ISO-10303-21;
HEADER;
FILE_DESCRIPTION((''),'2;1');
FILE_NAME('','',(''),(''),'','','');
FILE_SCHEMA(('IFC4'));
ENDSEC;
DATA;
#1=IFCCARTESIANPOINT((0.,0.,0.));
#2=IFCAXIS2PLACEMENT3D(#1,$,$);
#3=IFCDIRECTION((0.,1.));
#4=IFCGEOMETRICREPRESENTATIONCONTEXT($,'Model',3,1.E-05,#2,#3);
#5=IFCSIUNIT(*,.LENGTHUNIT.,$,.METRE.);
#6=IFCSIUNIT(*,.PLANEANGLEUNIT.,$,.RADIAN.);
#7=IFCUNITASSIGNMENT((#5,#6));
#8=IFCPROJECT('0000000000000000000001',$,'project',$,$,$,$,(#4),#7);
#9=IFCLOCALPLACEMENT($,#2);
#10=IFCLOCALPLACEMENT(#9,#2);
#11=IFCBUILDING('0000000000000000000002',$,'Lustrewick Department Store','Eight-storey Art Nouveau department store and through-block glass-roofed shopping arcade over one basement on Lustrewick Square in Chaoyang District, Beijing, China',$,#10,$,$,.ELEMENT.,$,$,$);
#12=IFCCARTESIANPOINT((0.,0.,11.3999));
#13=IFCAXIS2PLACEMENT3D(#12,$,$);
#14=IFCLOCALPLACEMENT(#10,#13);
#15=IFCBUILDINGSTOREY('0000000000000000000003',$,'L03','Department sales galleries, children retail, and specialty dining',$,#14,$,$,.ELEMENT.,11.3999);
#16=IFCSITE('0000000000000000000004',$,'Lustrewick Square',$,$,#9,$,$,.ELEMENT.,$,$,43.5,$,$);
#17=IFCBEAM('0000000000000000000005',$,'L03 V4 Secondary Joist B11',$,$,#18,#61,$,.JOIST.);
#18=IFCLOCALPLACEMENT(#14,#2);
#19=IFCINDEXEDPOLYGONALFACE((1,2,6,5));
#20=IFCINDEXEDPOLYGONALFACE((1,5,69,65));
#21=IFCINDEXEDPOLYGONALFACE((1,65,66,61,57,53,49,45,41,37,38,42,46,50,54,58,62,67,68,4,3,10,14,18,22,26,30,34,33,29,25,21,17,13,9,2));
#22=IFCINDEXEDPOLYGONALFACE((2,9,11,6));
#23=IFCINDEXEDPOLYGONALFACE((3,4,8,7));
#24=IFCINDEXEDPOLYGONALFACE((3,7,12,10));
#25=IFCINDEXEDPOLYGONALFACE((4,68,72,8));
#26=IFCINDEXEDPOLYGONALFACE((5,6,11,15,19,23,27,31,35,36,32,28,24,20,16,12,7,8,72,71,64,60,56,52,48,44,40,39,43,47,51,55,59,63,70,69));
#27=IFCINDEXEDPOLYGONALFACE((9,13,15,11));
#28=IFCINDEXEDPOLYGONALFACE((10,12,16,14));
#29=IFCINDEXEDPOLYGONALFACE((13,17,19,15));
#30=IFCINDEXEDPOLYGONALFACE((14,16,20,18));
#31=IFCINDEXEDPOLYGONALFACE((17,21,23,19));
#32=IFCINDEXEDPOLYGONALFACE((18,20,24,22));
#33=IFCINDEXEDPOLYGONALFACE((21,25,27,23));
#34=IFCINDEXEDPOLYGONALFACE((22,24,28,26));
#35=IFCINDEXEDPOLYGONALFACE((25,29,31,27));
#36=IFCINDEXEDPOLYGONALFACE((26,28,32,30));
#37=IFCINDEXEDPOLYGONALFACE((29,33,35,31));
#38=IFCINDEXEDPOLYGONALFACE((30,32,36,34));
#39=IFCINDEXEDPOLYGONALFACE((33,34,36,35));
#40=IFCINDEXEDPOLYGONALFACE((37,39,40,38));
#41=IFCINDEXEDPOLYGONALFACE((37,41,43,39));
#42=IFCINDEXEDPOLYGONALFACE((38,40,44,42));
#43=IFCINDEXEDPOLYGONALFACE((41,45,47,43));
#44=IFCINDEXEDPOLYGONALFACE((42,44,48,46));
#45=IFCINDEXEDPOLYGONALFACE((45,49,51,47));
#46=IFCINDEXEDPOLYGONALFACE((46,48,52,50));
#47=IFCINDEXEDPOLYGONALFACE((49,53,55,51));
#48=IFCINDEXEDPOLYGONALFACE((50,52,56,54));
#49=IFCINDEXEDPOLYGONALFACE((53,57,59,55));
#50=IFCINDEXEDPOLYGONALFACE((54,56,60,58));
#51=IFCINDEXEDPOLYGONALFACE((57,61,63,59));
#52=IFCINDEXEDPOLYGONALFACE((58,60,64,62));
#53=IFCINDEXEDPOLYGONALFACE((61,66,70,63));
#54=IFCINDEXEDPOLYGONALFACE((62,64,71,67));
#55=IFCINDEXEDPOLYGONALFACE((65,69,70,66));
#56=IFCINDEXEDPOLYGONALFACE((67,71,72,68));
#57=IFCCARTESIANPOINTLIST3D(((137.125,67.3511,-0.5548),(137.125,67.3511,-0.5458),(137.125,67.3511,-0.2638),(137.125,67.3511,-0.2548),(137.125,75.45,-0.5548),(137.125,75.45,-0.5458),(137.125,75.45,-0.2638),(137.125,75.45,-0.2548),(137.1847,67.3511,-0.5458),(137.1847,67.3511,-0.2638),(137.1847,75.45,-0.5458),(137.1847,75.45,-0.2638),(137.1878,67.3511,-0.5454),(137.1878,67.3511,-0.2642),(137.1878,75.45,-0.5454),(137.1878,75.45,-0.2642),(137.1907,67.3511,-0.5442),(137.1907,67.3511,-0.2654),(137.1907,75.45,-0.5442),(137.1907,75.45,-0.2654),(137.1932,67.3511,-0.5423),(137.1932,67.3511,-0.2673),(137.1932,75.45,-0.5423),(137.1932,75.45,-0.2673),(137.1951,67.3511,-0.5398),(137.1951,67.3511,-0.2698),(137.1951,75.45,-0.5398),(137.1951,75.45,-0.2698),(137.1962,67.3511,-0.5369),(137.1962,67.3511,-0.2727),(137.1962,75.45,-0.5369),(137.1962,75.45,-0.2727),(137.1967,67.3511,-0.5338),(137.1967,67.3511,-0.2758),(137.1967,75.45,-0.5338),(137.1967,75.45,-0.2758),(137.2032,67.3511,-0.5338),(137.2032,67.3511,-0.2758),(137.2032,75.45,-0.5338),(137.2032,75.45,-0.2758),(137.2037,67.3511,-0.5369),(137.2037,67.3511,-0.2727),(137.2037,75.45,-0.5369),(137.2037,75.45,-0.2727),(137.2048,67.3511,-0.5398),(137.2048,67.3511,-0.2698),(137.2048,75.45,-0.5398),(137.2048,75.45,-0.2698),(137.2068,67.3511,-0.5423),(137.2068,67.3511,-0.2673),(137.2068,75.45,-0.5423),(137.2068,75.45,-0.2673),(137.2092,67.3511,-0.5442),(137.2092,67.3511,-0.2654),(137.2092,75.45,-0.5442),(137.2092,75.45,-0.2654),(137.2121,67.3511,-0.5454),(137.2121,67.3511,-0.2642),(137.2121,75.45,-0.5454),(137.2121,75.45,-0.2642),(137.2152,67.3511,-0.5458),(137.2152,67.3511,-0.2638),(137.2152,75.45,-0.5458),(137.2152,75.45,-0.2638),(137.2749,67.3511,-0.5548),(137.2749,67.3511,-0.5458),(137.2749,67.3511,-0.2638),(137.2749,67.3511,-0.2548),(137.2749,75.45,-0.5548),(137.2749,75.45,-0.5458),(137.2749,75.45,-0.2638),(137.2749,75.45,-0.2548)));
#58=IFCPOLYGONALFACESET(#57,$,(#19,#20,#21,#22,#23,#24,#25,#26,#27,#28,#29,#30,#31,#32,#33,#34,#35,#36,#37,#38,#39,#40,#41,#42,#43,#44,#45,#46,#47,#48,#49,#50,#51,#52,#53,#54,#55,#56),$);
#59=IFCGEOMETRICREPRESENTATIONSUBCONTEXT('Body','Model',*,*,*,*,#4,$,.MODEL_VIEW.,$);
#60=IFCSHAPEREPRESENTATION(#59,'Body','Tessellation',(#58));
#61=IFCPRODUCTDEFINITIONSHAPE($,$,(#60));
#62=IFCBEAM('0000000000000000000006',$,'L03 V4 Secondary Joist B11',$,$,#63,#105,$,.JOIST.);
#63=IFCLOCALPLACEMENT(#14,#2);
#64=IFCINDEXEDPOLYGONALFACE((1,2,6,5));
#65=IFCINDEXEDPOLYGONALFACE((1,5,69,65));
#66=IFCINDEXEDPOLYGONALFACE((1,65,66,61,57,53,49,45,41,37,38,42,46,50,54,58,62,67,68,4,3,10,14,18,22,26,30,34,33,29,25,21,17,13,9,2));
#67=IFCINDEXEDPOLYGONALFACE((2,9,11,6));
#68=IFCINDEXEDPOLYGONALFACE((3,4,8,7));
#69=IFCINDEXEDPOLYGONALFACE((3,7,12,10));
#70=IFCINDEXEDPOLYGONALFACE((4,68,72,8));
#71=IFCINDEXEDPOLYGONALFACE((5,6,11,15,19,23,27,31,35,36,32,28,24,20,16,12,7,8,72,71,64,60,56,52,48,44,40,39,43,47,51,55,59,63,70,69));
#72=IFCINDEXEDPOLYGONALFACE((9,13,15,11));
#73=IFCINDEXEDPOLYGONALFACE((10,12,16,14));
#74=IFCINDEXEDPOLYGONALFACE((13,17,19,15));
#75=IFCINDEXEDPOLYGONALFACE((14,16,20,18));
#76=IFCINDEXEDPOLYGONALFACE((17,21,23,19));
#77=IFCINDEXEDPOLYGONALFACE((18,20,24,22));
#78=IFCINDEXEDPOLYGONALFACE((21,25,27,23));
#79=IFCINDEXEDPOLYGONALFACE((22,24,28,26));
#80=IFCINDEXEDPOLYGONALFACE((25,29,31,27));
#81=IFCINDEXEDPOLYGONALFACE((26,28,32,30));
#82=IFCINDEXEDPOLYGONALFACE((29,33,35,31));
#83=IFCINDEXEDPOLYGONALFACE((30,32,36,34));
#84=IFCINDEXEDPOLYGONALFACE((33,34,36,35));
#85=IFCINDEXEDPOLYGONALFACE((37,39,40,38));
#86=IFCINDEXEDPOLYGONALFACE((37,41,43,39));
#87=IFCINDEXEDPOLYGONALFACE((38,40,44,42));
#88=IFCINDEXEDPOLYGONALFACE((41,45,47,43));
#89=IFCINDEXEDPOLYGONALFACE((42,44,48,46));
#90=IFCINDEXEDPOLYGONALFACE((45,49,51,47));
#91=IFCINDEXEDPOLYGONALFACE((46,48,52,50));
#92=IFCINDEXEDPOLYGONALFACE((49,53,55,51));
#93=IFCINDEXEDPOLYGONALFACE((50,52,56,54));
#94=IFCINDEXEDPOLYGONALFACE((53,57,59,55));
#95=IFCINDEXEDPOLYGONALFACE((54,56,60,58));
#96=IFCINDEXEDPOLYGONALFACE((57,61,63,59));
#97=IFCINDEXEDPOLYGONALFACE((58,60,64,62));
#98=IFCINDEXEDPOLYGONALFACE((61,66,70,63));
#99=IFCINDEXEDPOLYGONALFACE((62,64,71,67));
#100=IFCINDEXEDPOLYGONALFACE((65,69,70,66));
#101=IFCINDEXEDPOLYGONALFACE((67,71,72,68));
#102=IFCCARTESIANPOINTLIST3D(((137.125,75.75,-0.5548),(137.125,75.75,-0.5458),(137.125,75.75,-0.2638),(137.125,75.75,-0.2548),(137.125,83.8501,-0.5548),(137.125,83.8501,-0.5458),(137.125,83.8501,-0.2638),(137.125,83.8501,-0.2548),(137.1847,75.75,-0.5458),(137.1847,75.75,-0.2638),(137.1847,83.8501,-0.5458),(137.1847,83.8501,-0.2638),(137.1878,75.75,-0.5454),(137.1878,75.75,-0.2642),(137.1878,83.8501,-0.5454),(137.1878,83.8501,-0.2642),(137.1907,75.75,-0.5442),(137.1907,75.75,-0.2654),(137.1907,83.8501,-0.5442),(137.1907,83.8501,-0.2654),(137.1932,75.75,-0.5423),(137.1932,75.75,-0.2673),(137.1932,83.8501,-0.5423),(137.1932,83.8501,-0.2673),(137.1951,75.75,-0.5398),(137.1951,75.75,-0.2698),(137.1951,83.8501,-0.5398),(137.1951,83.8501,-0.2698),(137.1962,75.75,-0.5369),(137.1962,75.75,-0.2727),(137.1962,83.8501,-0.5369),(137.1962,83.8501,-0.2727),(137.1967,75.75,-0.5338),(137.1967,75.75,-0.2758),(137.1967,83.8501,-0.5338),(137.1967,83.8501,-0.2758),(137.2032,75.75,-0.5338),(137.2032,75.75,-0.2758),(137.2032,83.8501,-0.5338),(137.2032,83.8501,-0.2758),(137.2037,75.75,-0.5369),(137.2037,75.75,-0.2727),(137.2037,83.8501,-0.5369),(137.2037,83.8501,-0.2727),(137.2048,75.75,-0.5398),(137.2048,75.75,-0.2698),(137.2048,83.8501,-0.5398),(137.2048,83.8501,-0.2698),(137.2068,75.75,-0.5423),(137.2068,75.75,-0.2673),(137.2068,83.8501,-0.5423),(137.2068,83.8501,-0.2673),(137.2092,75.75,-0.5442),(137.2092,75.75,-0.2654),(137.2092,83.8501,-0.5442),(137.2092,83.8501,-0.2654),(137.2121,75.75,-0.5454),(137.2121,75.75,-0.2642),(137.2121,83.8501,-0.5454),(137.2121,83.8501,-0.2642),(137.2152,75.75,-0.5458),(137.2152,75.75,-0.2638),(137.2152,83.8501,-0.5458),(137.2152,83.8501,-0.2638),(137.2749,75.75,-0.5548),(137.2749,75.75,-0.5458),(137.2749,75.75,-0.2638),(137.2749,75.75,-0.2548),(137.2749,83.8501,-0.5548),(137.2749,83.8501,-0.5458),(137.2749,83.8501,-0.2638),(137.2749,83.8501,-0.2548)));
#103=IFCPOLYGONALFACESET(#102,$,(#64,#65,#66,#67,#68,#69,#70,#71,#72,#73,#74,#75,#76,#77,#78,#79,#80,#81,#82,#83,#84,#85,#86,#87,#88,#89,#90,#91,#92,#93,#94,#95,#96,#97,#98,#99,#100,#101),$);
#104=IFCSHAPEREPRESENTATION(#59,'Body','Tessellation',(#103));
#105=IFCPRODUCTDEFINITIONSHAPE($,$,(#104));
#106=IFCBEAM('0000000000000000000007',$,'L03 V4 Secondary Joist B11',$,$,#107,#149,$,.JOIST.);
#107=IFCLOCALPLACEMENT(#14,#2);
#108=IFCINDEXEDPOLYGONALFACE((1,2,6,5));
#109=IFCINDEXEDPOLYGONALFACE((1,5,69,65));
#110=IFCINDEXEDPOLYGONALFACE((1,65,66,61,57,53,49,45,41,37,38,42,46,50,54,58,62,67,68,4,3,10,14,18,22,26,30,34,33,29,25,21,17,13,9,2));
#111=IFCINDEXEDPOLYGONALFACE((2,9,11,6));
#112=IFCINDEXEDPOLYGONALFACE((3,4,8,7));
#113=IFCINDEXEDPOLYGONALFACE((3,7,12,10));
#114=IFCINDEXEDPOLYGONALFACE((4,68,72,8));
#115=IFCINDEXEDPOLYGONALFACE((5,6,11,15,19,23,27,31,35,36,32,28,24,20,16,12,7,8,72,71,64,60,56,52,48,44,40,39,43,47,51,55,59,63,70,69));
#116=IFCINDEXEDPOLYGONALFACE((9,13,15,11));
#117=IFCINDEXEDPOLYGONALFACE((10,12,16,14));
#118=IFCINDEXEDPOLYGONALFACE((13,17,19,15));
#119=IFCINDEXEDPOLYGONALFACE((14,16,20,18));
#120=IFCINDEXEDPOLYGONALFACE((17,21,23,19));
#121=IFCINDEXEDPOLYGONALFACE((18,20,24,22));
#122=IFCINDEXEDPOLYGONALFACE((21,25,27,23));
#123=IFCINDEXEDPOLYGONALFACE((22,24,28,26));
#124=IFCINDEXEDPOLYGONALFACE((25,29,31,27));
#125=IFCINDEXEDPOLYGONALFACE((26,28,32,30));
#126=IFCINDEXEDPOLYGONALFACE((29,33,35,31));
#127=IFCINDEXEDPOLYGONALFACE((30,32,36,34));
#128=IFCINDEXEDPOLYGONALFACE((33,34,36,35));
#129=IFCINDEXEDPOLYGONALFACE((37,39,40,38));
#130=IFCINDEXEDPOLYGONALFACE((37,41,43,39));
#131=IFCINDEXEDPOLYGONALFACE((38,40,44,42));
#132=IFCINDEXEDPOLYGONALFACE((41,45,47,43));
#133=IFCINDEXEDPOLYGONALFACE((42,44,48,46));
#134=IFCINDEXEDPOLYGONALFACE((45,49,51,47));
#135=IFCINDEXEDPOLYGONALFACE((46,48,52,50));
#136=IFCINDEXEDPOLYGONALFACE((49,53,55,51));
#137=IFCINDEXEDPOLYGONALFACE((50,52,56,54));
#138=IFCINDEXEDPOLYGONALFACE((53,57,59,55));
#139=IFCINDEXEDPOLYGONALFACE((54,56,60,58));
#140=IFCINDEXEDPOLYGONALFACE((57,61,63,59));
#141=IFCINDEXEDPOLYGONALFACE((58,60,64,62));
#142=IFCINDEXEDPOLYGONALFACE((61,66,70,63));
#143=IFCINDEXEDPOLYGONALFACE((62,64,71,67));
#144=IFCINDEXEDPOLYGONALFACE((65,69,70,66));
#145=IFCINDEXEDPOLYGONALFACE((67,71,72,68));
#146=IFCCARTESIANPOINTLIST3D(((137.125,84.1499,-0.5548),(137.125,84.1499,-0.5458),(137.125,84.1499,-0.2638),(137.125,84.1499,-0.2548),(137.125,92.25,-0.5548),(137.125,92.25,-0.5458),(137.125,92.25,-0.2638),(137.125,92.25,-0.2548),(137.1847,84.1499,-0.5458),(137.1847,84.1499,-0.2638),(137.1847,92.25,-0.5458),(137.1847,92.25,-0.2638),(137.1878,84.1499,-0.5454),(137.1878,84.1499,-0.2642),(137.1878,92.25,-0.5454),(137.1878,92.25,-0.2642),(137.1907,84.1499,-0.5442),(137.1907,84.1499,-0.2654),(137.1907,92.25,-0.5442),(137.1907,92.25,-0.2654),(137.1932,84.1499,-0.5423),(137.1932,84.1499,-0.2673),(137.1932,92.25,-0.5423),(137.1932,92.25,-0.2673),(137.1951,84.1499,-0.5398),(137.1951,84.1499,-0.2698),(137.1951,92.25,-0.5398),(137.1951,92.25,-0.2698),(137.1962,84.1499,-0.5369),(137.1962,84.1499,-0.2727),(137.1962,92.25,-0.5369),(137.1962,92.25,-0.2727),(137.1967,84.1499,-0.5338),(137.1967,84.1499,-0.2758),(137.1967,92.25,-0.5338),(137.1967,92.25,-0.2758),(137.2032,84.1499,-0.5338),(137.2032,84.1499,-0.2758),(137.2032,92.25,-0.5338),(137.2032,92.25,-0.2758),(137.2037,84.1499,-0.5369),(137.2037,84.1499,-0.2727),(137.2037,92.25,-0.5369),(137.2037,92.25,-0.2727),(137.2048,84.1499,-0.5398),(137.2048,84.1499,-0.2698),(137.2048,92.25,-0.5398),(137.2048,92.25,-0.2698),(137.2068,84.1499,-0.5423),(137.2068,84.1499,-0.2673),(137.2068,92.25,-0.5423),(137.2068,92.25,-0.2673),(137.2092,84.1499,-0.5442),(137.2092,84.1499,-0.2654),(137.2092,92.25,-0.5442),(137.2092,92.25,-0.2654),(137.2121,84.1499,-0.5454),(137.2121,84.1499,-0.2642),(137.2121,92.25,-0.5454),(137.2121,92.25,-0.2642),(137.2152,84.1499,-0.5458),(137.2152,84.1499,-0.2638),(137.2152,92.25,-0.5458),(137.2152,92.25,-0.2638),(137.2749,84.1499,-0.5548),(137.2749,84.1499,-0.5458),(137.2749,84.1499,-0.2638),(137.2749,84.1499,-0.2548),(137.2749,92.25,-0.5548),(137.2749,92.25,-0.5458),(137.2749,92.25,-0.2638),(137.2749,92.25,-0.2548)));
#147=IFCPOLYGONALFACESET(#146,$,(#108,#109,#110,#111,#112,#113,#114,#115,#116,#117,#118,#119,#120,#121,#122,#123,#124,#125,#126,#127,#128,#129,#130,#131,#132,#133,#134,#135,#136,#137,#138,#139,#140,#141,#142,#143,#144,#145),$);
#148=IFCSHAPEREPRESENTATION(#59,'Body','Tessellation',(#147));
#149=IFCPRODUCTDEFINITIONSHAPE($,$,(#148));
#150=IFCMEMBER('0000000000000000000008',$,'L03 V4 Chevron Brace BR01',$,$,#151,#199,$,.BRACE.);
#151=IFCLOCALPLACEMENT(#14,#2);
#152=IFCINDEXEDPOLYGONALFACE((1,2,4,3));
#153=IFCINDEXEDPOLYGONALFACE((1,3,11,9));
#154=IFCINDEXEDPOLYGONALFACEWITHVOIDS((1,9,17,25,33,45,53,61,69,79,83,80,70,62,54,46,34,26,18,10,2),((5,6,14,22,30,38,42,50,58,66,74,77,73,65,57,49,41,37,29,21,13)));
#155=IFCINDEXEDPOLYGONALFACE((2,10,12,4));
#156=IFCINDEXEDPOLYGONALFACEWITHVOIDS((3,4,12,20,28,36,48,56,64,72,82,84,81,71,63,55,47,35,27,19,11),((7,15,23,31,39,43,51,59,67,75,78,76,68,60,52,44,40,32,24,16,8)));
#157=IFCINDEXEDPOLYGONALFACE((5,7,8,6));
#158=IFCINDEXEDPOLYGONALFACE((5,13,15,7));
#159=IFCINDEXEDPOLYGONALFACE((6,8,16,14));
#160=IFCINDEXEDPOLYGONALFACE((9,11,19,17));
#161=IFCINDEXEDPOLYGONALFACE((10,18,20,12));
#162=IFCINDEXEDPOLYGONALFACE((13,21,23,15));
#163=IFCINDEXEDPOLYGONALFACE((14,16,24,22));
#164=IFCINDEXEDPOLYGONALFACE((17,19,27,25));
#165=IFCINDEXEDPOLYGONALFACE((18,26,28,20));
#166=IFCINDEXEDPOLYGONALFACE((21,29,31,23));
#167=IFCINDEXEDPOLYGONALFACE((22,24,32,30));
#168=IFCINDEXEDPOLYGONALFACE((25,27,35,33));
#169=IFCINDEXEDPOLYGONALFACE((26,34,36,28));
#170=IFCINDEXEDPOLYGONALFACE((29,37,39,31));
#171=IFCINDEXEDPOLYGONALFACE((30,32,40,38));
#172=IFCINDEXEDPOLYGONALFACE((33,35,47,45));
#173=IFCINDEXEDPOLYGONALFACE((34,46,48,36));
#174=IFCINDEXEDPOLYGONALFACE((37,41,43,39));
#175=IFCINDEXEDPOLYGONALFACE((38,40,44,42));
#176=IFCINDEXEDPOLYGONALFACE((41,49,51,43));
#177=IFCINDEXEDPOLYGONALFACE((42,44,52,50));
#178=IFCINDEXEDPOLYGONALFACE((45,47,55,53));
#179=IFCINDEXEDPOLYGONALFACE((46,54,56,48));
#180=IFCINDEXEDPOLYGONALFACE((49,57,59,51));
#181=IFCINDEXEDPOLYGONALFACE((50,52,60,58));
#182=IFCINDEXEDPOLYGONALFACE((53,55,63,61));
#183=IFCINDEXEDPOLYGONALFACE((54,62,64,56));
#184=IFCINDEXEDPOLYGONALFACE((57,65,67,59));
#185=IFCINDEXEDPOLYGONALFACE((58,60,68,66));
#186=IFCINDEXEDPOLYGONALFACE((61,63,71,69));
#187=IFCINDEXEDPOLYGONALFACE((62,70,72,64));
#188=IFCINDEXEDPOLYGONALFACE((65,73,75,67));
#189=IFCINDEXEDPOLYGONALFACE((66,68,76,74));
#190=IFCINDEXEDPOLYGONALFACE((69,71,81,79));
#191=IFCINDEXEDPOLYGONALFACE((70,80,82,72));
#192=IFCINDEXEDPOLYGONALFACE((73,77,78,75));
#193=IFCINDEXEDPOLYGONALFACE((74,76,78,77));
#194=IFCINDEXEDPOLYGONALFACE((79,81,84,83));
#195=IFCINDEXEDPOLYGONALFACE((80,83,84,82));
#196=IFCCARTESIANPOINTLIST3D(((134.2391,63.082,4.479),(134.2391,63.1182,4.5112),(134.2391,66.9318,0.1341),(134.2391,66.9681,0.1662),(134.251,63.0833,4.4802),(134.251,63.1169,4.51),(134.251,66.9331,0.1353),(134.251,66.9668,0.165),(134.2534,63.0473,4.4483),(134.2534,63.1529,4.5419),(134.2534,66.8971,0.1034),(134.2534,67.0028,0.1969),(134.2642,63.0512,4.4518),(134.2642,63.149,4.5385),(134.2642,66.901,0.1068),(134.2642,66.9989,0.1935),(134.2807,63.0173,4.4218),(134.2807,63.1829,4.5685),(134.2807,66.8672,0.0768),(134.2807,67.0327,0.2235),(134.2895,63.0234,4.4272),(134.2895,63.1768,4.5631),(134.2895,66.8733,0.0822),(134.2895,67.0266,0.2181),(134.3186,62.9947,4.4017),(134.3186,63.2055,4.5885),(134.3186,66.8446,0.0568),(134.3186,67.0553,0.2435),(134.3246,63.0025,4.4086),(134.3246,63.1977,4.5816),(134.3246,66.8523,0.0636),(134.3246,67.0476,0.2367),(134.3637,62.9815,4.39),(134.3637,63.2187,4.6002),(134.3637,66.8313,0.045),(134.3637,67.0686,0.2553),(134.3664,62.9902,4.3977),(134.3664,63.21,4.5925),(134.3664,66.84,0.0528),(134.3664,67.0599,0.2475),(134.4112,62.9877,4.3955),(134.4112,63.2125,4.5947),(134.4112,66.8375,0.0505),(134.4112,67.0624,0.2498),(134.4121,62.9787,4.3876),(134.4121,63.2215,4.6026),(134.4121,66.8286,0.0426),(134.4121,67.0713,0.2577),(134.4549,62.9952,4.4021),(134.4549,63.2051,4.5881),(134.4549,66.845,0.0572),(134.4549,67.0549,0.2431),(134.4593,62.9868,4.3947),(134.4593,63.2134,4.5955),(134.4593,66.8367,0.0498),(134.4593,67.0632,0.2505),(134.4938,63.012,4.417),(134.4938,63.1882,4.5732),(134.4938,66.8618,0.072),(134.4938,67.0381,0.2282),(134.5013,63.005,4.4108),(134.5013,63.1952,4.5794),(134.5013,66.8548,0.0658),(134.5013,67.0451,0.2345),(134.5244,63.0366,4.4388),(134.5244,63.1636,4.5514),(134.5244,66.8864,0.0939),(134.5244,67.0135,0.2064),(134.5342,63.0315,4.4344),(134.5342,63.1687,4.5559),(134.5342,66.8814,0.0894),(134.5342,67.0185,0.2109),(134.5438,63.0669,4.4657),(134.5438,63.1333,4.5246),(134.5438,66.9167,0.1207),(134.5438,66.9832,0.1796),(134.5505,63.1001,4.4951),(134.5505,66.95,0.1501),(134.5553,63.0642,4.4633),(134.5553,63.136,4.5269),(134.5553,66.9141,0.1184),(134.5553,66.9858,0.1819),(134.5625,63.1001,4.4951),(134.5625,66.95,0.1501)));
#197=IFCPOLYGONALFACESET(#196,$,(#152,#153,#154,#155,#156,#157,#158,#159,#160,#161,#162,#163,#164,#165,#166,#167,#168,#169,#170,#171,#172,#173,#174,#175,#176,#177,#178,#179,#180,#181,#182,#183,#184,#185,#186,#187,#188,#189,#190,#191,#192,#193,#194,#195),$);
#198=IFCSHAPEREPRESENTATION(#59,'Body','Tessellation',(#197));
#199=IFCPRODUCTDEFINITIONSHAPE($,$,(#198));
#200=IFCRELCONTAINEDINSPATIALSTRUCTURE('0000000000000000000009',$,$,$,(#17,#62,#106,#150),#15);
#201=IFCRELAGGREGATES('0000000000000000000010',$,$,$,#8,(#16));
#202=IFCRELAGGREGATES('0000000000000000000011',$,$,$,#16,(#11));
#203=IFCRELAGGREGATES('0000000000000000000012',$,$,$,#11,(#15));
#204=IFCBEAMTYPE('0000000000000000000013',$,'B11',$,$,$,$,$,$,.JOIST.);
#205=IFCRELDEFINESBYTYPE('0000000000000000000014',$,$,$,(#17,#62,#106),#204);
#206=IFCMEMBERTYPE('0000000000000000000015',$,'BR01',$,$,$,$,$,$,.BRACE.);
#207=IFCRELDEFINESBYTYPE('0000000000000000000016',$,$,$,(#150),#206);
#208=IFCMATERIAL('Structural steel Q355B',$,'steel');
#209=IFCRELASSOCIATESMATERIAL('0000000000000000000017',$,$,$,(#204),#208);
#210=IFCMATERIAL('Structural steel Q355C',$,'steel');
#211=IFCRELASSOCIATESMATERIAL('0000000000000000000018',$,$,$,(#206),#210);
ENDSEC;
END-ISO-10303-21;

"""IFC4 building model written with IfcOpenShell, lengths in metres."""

from ifc_helpers import new_model, si_unit, direction, frame, origin, origin_2d, place, context, subcontext, project, spatial, hollow_circle, i_section, extrude, material, material_profile, profile_set, type_object, element, save


model = new_model("IFC4")

# Units and contexts
model_context = context("Model", 3, precision=1e-05, world=origin(), true_north=direction((0.0, 1.0)))
body_context = subcontext(model_context, "Body", "Model", "MODEL_VIEW")
ifc_project = project(units=[si_unit("LENGTHUNIT", "METRE"), si_unit("PLANEANGLEUNIT", "RADIAN")], contexts=[model_context])

# Site, building, storey
site_placement = place(None, origin())
site = spatial("IfcSite", under=ifc_project, at=site_placement, Name="Lustrewick Square", CompositionType="ELEMENT", RefElevation=43.5)
building_placement = place(site_placement, origin())
building = spatial("IfcBuilding", under=site, at=building_placement, Name="Lustrewick Department Store", Description="Eight-storey Art Nouveau department store and through-block glass-roofed shopping arcade over one basement on Lustrewick Square in Chaoyang District, Beijing, China", CompositionType="ELEMENT")
storey_placement = place(building_placement, frame((0.0, 0.0, 11.3999)))
storey = spatial("IfcBuildingStorey", under=building, at=storey_placement, Name="L03", Description="Department sales galleries, children retail, and specialty dining", CompositionType="ELEMENT", Elevation=11.3999)

# Shared definitions
ifc_material_1 = material(Name="Structural steel Q355B", Category="steel")

# Beams
ifc_material_profile_1 = material_profile(ifc_material_1, i_section(OverallWidth=0.1499, OverallDepth=0.3, WebThickness=0.0066, FlangeThickness=0.009, FilletRadius=0.012, at=origin_2d()), Name="HN 300x150x6.5x9")
ifc_profile_set_1 = profile_set([ifc_material_profile_1], Name="Structural steel Q355B")
beam_type_1 = type_object("IfcBeamType", Name="B11", PredefinedType="JOIST", material=ifc_profile_set_1)
beam_1_placement = place(storey_placement, frame((137.2, 67.3511, -0.4048), z_axis=(0.0, 1.0, 0.0), x_axis=(-1.0, 0.0, 0.0)))
element("IfcBeam", 1, at=beam_1_placement, inside=storey, type_object=beam_type_1, Name="L03 V4 Secondary Joist B11", PredefinedType="JOIST", context=body_context, shape_type="SweptSolid", body=[
    extrude(i_section(OverallWidth=0.1499, OverallDepth=0.3, WebThickness=0.0066, FlangeThickness=0.009, FilletRadius=0.012, at=origin_2d()), origin(), (0.0, 0.0, 1.0), 8.0989),
])
for number, where, z_axis, x_axis, name in (
    (2, (137.2, 75.75, -0.4048), (0.0, 1.0, 0.0), (-1.0, 0.0, 0.0), "L03 V4 Secondary Joist B11"),
    (3, (137.2, 84.1499, -0.4048), (0.0, 1.0, 0.0), (-1.0, 0.0, 0.0), "L03 V4 Secondary Joist B11"),
):
    element("IfcBeam", number, at=place(storey_placement, frame(where, z_axis=z_axis, x_axis=x_axis)), inside=storey, type_object=beam_type_1, Name=name, PredefinedType="JOIST", context=body_context, shape_type="SweptSolid", body=[
        extrude(i_section(OverallWidth=0.1499, OverallDepth=0.3, WebThickness=0.0066, FlangeThickness=0.009, FilletRadius=0.012, at=origin_2d()), origin(), (0.0, 0.0, 1.0), 8.1001),
    ])

# Member
ifc_material_2 = material(Name="Structural steel Q355C", Category="steel")
ifc_material_profile_2 = material_profile(ifc_material_2, hollow_circle(Radius=0.1626, WallThickness=0.012, at=origin_2d()), Name="CHS 325x12")
ifc_profile_set_2 = profile_set([ifc_material_profile_2], Name="Structural steel Q355C")
member_type = type_object("IfcMemberType", Name="BR01", PredefinedType="BRACE", material=ifc_profile_set_2)
member_placement = place(storey_placement, frame((134.3999, 66.95, 0.1501), z_axis=(0.0, -0.663175, 0.748464), x_axis=(1.0, 0.0, 0.0)))
element("IfcMember", 4, at=member_placement, inside=storey, type_object=member_type, Name="L03 V4 Chevron Brace BR01", PredefinedType="BRACE", context=body_context, shape_type="SweptSolid", body=[
    extrude(hollow_circle(Radius=0.1626, WallThickness=0.012, at=origin_2d()), origin(), (0.0, 0.0, 1.0), 5.8052),
])

save(model, "model.ifc")
